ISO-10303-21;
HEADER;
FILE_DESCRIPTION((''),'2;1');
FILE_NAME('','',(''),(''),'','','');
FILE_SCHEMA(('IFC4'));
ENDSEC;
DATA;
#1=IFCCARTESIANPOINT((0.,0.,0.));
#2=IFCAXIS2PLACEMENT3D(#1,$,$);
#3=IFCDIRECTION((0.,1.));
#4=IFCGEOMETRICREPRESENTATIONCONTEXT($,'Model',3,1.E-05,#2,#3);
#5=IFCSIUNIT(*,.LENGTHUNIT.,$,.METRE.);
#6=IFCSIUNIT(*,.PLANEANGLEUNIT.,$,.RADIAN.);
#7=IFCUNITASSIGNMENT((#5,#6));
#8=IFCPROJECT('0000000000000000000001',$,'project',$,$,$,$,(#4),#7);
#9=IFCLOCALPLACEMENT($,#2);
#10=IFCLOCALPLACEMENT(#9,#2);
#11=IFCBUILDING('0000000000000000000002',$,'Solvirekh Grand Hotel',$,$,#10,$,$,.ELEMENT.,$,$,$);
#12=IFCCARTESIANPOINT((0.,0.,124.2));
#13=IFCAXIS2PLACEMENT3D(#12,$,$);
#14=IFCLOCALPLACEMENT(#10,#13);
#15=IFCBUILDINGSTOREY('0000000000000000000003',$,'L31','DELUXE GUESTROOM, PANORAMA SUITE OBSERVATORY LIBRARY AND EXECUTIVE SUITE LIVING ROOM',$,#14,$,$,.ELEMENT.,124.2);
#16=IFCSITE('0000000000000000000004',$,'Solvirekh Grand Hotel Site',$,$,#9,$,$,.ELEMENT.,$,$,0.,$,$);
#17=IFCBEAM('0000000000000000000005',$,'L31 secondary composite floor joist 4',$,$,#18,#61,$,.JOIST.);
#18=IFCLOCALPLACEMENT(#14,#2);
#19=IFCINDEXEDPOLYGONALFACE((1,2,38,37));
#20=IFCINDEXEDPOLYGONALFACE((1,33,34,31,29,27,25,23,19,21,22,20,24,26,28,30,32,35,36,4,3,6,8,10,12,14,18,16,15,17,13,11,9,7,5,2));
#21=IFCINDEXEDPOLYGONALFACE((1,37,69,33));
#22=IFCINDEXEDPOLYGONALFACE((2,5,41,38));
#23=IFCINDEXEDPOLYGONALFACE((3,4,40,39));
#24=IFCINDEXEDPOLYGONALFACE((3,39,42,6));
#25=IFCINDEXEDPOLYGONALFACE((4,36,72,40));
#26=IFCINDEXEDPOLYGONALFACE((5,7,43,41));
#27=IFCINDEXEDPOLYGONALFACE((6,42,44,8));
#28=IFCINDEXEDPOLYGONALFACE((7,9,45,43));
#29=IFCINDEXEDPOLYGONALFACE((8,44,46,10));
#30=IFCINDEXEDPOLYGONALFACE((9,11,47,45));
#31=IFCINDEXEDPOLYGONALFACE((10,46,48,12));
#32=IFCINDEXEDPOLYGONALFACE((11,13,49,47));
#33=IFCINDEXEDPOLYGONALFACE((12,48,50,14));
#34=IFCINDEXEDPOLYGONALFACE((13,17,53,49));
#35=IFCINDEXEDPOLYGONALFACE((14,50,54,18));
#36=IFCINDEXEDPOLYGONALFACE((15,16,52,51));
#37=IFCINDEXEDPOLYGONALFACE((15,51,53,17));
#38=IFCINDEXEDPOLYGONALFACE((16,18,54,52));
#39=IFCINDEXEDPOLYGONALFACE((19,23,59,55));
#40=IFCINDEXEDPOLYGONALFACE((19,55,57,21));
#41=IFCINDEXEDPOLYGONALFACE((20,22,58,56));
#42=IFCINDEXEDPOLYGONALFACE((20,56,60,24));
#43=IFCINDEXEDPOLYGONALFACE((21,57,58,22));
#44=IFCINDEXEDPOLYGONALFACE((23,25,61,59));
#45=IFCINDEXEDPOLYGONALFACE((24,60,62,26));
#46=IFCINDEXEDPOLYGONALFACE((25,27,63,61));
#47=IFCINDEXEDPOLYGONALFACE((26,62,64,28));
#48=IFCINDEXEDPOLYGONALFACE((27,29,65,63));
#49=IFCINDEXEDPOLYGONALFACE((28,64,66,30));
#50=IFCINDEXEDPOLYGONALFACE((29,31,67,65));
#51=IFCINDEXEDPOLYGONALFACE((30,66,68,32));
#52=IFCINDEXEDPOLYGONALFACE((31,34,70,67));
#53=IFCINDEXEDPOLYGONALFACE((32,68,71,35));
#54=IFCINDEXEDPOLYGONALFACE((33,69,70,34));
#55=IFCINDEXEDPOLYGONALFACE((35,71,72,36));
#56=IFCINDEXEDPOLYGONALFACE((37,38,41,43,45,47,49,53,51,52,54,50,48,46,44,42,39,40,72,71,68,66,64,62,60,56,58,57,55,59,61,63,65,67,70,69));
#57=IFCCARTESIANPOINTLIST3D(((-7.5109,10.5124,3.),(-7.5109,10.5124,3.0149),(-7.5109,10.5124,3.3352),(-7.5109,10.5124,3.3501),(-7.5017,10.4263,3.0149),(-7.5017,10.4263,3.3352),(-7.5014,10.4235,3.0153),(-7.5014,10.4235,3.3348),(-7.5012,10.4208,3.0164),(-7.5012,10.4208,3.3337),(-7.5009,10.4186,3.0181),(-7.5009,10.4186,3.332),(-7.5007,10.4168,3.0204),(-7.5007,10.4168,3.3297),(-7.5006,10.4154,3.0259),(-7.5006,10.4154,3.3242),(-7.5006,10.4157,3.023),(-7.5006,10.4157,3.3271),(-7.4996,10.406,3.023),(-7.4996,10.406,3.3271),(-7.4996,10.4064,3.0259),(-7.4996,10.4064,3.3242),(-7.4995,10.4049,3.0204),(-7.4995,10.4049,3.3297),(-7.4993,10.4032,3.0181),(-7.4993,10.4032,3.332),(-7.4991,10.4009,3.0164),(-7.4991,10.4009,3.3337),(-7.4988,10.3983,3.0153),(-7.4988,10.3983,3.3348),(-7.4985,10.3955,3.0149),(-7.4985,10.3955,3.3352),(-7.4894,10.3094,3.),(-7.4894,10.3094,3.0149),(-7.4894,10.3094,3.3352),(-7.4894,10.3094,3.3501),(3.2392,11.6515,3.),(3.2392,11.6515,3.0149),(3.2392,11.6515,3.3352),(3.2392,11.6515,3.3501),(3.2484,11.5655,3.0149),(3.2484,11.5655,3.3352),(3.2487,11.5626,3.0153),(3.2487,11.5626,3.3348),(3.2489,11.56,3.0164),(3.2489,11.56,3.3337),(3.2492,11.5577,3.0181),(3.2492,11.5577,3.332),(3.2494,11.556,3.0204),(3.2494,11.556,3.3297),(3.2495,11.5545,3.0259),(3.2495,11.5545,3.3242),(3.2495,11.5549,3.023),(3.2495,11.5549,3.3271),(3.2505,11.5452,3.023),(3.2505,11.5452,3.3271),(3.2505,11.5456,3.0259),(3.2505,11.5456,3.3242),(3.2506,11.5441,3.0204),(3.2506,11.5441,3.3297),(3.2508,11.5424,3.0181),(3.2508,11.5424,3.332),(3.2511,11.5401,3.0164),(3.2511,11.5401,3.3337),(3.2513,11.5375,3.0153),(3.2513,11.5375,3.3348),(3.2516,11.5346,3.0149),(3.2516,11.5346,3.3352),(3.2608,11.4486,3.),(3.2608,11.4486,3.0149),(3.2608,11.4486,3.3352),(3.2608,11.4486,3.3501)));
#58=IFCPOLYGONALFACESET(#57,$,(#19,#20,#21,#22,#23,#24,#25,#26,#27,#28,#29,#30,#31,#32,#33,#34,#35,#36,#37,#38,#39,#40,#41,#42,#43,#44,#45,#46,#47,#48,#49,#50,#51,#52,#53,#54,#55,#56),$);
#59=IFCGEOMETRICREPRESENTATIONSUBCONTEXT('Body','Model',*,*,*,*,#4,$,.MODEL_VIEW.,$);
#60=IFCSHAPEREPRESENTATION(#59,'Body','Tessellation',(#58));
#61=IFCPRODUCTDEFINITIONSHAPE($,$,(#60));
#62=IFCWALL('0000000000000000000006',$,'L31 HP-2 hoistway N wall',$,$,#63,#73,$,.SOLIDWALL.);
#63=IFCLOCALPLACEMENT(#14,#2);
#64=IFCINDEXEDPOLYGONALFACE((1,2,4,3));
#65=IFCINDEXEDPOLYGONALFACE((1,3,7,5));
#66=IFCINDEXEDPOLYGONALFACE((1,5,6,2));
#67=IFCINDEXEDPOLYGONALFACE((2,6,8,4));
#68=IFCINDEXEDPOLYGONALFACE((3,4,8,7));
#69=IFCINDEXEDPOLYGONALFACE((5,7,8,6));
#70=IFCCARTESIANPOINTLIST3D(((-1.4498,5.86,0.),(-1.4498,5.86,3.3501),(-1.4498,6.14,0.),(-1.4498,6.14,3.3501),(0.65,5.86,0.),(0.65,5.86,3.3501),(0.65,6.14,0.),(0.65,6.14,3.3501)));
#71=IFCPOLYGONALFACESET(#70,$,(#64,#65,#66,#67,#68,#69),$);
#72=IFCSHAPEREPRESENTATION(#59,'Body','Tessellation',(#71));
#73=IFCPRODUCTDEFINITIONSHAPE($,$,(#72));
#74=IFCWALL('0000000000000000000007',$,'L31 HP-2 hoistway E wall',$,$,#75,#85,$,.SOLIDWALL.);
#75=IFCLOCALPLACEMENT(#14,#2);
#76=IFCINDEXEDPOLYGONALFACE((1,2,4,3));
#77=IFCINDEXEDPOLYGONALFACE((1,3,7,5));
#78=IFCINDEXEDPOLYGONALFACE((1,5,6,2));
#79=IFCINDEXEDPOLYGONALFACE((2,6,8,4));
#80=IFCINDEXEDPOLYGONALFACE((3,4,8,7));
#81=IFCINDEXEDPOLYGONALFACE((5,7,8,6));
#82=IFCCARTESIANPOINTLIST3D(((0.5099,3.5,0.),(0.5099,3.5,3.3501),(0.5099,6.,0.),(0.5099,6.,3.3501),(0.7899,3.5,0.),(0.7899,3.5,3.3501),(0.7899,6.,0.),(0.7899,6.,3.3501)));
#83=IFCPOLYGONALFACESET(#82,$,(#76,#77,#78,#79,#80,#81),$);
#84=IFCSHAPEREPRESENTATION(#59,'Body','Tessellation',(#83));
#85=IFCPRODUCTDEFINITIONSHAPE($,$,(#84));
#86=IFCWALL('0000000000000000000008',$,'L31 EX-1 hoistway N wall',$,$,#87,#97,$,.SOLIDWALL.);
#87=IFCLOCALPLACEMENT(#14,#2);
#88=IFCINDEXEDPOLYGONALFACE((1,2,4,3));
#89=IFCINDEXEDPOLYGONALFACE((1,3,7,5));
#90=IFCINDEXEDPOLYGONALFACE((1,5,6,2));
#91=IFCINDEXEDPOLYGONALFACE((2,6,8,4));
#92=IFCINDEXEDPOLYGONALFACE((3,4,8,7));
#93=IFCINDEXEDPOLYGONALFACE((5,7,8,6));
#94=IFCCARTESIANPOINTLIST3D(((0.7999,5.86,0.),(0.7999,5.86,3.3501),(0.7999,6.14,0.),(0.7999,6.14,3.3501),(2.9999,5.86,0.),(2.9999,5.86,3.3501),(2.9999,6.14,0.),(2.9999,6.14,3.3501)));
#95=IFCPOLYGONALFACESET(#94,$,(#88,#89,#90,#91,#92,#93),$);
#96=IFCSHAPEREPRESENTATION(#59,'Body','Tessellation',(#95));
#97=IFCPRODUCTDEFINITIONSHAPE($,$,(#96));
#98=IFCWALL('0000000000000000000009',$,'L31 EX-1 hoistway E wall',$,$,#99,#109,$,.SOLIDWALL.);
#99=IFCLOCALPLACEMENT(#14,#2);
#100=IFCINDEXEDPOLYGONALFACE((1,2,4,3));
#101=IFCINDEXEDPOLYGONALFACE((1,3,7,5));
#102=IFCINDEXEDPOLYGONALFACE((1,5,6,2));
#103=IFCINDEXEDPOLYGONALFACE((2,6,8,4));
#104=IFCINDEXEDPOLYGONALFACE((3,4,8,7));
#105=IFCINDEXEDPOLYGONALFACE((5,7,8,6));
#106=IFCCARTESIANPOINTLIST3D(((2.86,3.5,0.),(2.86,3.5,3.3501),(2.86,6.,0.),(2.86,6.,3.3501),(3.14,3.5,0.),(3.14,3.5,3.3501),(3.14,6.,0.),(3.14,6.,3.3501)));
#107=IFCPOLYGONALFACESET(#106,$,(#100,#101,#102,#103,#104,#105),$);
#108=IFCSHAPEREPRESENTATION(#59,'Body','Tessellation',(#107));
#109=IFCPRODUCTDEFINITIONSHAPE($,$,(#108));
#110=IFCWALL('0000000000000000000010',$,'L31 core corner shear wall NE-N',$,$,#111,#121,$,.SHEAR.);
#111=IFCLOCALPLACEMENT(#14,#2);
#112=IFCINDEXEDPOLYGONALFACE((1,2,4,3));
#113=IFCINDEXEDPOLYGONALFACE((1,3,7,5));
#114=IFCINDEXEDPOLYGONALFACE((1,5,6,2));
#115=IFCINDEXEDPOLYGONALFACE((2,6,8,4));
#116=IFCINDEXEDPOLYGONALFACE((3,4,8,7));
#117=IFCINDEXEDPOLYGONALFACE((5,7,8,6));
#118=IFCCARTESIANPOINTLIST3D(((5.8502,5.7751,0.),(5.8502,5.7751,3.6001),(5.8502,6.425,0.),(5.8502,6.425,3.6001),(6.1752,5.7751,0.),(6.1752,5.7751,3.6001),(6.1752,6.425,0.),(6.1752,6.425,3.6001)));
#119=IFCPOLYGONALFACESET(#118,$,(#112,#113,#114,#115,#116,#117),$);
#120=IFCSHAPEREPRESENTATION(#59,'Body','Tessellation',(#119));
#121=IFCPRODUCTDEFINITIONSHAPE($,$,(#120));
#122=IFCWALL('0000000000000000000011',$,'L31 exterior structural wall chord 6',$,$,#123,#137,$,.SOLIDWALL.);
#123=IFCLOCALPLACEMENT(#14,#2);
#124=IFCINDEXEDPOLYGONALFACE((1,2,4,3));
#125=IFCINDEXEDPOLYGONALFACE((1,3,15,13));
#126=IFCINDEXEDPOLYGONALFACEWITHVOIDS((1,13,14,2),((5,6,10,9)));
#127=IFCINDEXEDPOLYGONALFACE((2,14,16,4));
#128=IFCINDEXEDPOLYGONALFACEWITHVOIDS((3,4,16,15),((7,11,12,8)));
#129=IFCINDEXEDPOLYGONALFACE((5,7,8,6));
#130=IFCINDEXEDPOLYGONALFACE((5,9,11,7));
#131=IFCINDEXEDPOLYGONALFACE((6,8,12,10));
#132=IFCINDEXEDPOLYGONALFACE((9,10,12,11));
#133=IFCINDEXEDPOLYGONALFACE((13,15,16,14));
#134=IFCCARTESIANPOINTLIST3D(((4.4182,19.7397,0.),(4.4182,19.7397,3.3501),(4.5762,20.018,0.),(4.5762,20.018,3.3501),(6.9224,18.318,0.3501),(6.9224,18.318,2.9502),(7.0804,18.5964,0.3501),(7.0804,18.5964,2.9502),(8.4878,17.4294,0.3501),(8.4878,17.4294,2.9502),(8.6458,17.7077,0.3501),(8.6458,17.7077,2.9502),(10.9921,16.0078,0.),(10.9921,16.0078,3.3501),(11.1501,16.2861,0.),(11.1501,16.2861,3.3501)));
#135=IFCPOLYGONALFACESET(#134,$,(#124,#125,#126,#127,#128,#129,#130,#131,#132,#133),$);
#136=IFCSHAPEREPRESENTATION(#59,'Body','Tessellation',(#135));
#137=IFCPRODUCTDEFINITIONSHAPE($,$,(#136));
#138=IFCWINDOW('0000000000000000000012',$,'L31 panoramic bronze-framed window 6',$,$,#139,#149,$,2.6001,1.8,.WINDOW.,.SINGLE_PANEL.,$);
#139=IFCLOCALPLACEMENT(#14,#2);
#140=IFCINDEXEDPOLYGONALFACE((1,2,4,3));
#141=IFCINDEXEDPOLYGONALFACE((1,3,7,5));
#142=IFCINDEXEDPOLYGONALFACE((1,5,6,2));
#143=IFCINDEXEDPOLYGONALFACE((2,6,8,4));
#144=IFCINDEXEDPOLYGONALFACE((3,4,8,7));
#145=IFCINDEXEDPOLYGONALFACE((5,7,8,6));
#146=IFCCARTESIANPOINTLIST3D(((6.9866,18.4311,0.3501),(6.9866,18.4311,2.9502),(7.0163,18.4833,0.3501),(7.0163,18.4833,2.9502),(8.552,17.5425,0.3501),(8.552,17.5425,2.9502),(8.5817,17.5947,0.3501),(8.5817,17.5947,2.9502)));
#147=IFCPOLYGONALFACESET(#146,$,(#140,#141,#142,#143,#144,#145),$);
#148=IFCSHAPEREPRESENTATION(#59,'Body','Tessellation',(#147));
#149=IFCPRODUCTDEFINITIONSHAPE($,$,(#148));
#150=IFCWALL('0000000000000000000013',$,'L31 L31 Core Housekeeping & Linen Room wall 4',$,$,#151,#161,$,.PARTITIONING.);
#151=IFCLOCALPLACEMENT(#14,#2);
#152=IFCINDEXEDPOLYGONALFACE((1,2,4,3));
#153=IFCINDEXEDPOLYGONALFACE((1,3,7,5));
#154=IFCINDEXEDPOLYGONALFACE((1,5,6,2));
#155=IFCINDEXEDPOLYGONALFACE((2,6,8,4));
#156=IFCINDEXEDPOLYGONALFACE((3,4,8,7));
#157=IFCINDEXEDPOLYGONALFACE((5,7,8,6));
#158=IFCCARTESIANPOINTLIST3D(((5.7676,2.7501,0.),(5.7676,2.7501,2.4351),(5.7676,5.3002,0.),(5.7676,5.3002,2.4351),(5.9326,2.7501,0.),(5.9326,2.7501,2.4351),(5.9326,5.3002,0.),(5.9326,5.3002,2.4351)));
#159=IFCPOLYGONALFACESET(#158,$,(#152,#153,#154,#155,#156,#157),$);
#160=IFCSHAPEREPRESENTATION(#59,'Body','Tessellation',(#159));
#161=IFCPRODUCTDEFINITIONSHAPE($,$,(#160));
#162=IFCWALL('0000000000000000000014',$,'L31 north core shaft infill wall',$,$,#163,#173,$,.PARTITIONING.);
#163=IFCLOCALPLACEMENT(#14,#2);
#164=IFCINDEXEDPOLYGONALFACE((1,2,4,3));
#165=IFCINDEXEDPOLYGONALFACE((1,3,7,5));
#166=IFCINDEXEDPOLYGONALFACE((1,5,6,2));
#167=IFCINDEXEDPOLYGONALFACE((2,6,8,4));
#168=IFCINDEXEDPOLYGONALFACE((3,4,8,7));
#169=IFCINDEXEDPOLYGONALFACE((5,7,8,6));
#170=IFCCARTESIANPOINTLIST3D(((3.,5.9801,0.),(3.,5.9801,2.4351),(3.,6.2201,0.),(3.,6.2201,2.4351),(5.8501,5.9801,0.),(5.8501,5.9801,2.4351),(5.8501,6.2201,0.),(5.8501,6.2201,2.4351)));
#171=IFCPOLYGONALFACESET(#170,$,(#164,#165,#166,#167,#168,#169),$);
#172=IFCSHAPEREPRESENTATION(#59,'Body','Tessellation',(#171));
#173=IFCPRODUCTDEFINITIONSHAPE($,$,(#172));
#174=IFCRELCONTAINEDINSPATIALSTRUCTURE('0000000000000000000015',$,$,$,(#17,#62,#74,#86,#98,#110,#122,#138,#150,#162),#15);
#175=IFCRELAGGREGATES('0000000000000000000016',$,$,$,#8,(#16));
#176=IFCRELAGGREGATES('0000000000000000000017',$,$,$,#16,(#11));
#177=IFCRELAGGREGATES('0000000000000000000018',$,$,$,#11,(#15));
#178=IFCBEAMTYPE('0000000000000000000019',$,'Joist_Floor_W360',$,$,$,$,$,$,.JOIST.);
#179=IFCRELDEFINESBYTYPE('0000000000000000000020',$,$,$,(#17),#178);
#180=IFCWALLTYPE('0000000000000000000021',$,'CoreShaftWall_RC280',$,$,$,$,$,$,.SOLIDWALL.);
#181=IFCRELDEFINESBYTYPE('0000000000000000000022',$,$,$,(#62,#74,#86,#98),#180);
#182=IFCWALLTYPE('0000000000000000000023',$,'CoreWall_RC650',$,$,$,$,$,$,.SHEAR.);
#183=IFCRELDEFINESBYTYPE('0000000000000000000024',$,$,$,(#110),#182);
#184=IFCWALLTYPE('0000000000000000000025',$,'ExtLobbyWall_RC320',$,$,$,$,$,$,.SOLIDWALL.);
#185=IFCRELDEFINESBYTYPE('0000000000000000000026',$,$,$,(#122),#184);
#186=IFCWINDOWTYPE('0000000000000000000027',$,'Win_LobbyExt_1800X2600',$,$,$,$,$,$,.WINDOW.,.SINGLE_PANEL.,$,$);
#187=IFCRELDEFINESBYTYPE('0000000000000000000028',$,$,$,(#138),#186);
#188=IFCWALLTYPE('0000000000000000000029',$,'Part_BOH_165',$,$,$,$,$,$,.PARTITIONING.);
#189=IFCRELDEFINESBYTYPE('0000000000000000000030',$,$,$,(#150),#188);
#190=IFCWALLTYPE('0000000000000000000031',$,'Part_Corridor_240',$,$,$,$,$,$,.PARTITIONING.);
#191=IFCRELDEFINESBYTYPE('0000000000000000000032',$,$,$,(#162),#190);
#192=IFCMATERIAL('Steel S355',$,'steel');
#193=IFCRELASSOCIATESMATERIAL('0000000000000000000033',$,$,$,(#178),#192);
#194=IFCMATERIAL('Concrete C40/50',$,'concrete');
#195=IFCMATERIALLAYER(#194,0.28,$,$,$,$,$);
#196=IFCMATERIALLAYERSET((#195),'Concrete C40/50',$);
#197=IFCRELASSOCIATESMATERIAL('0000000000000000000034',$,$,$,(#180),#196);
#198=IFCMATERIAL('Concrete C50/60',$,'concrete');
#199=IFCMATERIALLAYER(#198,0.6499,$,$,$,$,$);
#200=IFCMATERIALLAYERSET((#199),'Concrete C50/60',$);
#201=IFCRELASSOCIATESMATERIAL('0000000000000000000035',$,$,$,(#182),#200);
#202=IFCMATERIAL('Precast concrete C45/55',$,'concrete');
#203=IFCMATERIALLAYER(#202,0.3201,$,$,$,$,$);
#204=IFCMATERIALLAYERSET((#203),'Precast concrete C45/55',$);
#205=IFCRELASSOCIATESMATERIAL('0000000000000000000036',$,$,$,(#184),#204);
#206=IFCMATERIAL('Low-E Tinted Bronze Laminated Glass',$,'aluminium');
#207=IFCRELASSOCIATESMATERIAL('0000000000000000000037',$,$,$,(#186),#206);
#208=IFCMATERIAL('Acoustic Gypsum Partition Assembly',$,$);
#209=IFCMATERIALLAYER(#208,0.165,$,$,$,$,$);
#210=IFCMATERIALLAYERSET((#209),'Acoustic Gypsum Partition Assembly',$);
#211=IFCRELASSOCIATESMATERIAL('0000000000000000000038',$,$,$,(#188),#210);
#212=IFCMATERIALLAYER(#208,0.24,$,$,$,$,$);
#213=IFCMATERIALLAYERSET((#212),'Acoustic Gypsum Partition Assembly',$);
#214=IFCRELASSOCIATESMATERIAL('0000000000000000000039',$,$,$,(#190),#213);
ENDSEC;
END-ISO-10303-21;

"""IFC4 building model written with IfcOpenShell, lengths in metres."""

from ifc_helpers import new_model, si_unit, direction, frame, frame_2d, origin, origin_2d, place, context, subcontext, project, spatial, rectangle, i_section, extrude, material, layer, layer_set, material_profile, profile_set, type_object, element, fill, save


model = new_model("IFC4")

# Units and contexts
model_context = context("Model", 3, precision=1e-05, world=origin(), true_north=direction((0.0, 1.0)))
body_context = subcontext(model_context, "Body", "Model", "MODEL_VIEW")
ifc_project = project(units=[si_unit("LENGTHUNIT", "METRE"), si_unit("PLANEANGLEUNIT", "RADIAN")], contexts=[model_context])

# Site, building, storey
site_placement = place(None, origin())
site = spatial("IfcSite", under=ifc_project, at=site_placement, Name="Solvirekh Grand Hotel Site", CompositionType="ELEMENT", RefElevation=0.0)
building_placement = place(site_placement, origin())
building = spatial("IfcBuilding", under=site, at=building_placement, Name="Solvirekh Grand Hotel", CompositionType="ELEMENT")
storey_placement = place(building_placement, frame((0.0, 0.0, 124.2)))
storey = spatial("IfcBuildingStorey", under=building, at=storey_placement, Name="L31", Description="DELUXE GUESTROOM, PANORAMA SUITE OBSERVATORY LIBRARY AND EXECUTIVE SUITE LIVING ROOM", CompositionType="ELEMENT", Elevation=124.2)

# Beam
ifc_material_1 = material(Name="Steel S355", Category="steel")
ifc_material_profile = material_profile(ifc_material_1, i_section(OverallWidth=0.2041, OverallDepth=0.3501, WebThickness=0.009, FlangeThickness=0.0149, FilletRadius=0.011, at=origin_2d()), Name="W360X72")
ifc_profile_set = profile_set([ifc_material_profile], Name="Steel S355")
beam_type = type_object("IfcBeamType", Name="Joist_Floor_W360", PredefinedType="JOIST", material=ifc_profile_set)
beam_placement = place(storey_placement, frame((3.25, 11.55, 3.175), z_axis=(-0.994432, -0.105378, 0.0), x_axis=(0.105378, -0.994432, 0.0)))
element("IfcBeam", 1, at=beam_placement, inside=storey, type_object=beam_type, Name="L31 secondary composite floor joist 4", PredefinedType="JOIST", context=body_context, shape_type="SweptSolid", body=[
    extrude(i_section(OverallWidth=0.2041, OverallDepth=0.3501, WebThickness=0.009, FlangeThickness=0.0149, FilletRadius=0.011, at=origin_2d()), origin(), (0.0, 0.0, 1.0), 10.8103),
])

# Walls
ifc_material_2 = material(Name="Concrete C40/50", Category="concrete")
ifc_layer_1 = layer(ifc_material_2, 0.28)
ifc_layer_set_1 = layer_set([ifc_layer_1], Name="Concrete C40/50")
wall_type_1 = type_object("IfcWallType", Name="CoreShaftWall_RC280", PredefinedType="SOLIDWALL", material=ifc_layer_set_1)
wall_1_placement = place(storey_placement, frame((0.6499, 6.0, 0.0), z_axis=(0.0, 0.0, 1.0), x_axis=(-1.0, 0.0, 0.0)))
element("IfcWall", 2, at=wall_1_placement, inside=storey, type_object=wall_type_1, Name="L31 HP-2 hoistway N wall", PredefinedType="SOLIDWALL", context=body_context, shape_type="SweptSolid", body=[
    extrude(rectangle(XDim=2.0999, YDim=0.28, at=frame_2d((1.0498, 0.0))), origin(), (0.0, 0.0, 1.0), 3.3501),
])
wall_2_placement = place(storey_placement, frame((0.6499, 3.5, 0.0), z_axis=(0.0, 0.0, 1.0), x_axis=(0.0, 1.0, 0.0)))
element("IfcWall", 3, at=wall_2_placement, inside=storey, type_object=wall_type_1, Name="L31 HP-2 hoistway E wall", PredefinedType="SOLIDWALL", context=body_context, shape_type="SweptSolid", body=[
    extrude(rectangle(XDim=2.5, YDim=0.28, at=frame_2d((1.25, 0.0))), origin(), (0.0, 0.0, 1.0), 3.3501),
])
wall_3_placement = place(storey_placement, frame((3.0, 6.0, 0.0), z_axis=(0.0, 0.0, 1.0), x_axis=(-1.0, 0.0, 0.0)))
element("IfcWall", 4, at=wall_3_placement, inside=storey, type_object=wall_type_1, Name="L31 EX-1 hoistway N wall", PredefinedType="SOLIDWALL", context=body_context, shape_type="SweptSolid", body=[
    extrude(rectangle(XDim=2.2, YDim=0.28, at=frame_2d((1.1001, 0.0))), origin(), (0.0, 0.0, 1.0), 3.3501),
])
wall_4_placement = place(storey_placement, frame((3.0, 3.5, 0.0), z_axis=(0.0, 0.0, 1.0), x_axis=(0.0, 1.0, 0.0)))
element("IfcWall", 5, at=wall_4_placement, inside=storey, type_object=wall_type_1, Name="L31 EX-1 hoistway E wall", PredefinedType="SOLIDWALL", context=body_context, shape_type="SweptSolid", body=[
    extrude(rectangle(XDim=2.5, YDim=0.28, at=frame_2d((1.25, 0.0))), origin(), (0.0, 0.0, 1.0), 3.3501),
])
ifc_material_3 = material(Name="Concrete C50/60", Category="concrete")
ifc_layer_2 = layer(ifc_material_3, 0.6499)
ifc_layer_set_2 = layer_set([ifc_layer_2], Name="Concrete C50/60")
wall_type_2 = type_object("IfcWallType", Name="CoreWall_RC650", PredefinedType="SHEAR", material=ifc_layer_set_2)
wall_5_placement = place(storey_placement, frame((5.8501, 6.1001, 0.0), z_axis=(0.0, 0.0, 1.0), x_axis=(1.0, 0.0, 0.0)))
element("IfcWall", 6, at=wall_5_placement, inside=storey, type_object=wall_type_2, Name="L31 core corner shear wall NE-N", PredefinedType="SHEAR", context=body_context, shape_type="SweptSolid", body=[
    extrude(rectangle(XDim=0.325, YDim=0.6499, at=frame_2d((0.1626, 0.0))), origin(), (0.0, 0.0, 1.0), 3.6001),
])

# Wall, opening, window
ifc_material_4 = material(Name="Precast concrete C45/55", Category="concrete")
ifc_layer_3 = layer(ifc_material_4, 0.3201)
ifc_layer_set_3 = layer_set([ifc_layer_3], Name="Precast concrete C45/55")
wall_type_3 = type_object("IfcWallType", Name="ExtLobbyWall_RC320", PredefinedType="SOLIDWALL", material=ifc_layer_set_3)
wall_6_placement = place(storey_placement, frame((4.4971, 19.8789, 0.0), z_axis=(0.0, 0.0, 1.0), x_axis=(0.869643, -0.493681, 0.0)))
wall_6 = element("IfcWall", 7, at=wall_6_placement, inside=storey, type_object=wall_type_3, Name="L31 exterior structural wall chord 6", PredefinedType="SOLIDWALL", context=body_context, shape_type="SweptSolid", body=[
    extrude(rectangle(XDim=7.5593, YDim=0.3201, at=frame_2d((3.7798, 0.0))), origin(), (0.0, 0.0, 1.0), 3.3501),
])
opening_1_placement = place(wall_6_placement, frame((2.8799, 0.0, 0.3501)))
opening_1 = element("IfcOpeningElement", 8, at=opening_1_placement, cuts=wall_6, PredefinedType="OPENING", context=body_context, shape_type="SweptSolid", body=[
    extrude(rectangle(XDim=1.8, YDim=2.6001, at=frame_2d((0.8999, 1.3))), frame((0.0, 0.1699, 0.0), z_axis=(0.0, -1.0, 0.0), x_axis=(1.0, 0.0, 0.0)), (0.0, 0.0, 1.0), 0.3401),
])
ifc_material_5 = material(Name="Low-E Tinted Bronze Laminated Glass", Category="aluminium")
window_type = type_object("IfcWindowType", Name="Win_LobbyExt_1800X2600", PartitioningType="SINGLE_PANEL", PredefinedType="WINDOW", material=ifc_material_5)
window_placement = place(opening_1_placement, origin())
window = element("IfcWindow", 9, at=window_placement, inside=storey, type_object=window_type, Name="L31 panoramic bronze-framed window 6", OverallHeight=2.6001, OverallWidth=1.8, PartitioningType="SINGLE_PANEL", PredefinedType="WINDOW", context=body_context, shape_type="SweptSolid", body=[
    extrude(rectangle(XDim=1.8, YDim=2.6001, at=frame_2d((0.8999, 1.3))), frame((0.0, 0.03, 0.0), z_axis=(0.0, -1.0, 0.0), x_axis=(1.0, 0.0, 0.0)), (0.0, 0.0, 1.0), 0.0601),
])
fill(opening_1, window)

# Walls
ifc_material_6 = material(Name="Acoustic Gypsum Partition Assembly")
ifc_layer_4 = layer(ifc_material_6, 0.165)
ifc_layer_set_4 = layer_set([ifc_layer_4], Name="Acoustic Gypsum Partition Assembly")
wall_type_4 = type_object("IfcWallType", Name="Part_BOH_165", PredefinedType="PARTITIONING", material=ifc_layer_set_4)
wall_7_placement = place(storey_placement, frame((5.8501, 5.3, 0.0), z_axis=(0.0, 0.0, 1.0), x_axis=(0.0, -1.0, 0.0)))
element("IfcWall", 10, at=wall_7_placement, inside=storey, type_object=wall_type_4, Name="L31 L31 Core Housekeeping & Linen Room wall 4", PredefinedType="PARTITIONING", context=body_context, shape_type="SweptSolid", body=[
    extrude(rectangle(XDim=2.55, YDim=0.165, at=frame_2d((1.2749, 0.0))), origin(), (0.0, 0.0, 1.0), 2.4351),
])
ifc_layer_5 = layer(ifc_material_6, 0.24)
ifc_layer_set_5 = layer_set([ifc_layer_5], Name="Acoustic Gypsum Partition Assembly")
wall_type_5 = type_object("IfcWallType", Name="Part_Corridor_240", PredefinedType="PARTITIONING", material=ifc_layer_set_5)
wall_8_placement = place(storey_placement, frame((3.0, 6.1001, 0.0), z_axis=(0.0, 0.0, 1.0), x_axis=(1.0, 0.0, 0.0)))
element("IfcWall", 11, at=wall_8_placement, inside=storey, type_object=wall_type_5, Name="L31 north core shaft infill wall", PredefinedType="PARTITIONING", context=body_context, shape_type="SweptSolid", body=[
    extrude(rectangle(XDim=2.8501, YDim=0.24, at=frame_2d((1.425, 0.0))), origin(), (0.0, 0.0, 1.0), 2.4351),
])

save(model, "model.ifc")
